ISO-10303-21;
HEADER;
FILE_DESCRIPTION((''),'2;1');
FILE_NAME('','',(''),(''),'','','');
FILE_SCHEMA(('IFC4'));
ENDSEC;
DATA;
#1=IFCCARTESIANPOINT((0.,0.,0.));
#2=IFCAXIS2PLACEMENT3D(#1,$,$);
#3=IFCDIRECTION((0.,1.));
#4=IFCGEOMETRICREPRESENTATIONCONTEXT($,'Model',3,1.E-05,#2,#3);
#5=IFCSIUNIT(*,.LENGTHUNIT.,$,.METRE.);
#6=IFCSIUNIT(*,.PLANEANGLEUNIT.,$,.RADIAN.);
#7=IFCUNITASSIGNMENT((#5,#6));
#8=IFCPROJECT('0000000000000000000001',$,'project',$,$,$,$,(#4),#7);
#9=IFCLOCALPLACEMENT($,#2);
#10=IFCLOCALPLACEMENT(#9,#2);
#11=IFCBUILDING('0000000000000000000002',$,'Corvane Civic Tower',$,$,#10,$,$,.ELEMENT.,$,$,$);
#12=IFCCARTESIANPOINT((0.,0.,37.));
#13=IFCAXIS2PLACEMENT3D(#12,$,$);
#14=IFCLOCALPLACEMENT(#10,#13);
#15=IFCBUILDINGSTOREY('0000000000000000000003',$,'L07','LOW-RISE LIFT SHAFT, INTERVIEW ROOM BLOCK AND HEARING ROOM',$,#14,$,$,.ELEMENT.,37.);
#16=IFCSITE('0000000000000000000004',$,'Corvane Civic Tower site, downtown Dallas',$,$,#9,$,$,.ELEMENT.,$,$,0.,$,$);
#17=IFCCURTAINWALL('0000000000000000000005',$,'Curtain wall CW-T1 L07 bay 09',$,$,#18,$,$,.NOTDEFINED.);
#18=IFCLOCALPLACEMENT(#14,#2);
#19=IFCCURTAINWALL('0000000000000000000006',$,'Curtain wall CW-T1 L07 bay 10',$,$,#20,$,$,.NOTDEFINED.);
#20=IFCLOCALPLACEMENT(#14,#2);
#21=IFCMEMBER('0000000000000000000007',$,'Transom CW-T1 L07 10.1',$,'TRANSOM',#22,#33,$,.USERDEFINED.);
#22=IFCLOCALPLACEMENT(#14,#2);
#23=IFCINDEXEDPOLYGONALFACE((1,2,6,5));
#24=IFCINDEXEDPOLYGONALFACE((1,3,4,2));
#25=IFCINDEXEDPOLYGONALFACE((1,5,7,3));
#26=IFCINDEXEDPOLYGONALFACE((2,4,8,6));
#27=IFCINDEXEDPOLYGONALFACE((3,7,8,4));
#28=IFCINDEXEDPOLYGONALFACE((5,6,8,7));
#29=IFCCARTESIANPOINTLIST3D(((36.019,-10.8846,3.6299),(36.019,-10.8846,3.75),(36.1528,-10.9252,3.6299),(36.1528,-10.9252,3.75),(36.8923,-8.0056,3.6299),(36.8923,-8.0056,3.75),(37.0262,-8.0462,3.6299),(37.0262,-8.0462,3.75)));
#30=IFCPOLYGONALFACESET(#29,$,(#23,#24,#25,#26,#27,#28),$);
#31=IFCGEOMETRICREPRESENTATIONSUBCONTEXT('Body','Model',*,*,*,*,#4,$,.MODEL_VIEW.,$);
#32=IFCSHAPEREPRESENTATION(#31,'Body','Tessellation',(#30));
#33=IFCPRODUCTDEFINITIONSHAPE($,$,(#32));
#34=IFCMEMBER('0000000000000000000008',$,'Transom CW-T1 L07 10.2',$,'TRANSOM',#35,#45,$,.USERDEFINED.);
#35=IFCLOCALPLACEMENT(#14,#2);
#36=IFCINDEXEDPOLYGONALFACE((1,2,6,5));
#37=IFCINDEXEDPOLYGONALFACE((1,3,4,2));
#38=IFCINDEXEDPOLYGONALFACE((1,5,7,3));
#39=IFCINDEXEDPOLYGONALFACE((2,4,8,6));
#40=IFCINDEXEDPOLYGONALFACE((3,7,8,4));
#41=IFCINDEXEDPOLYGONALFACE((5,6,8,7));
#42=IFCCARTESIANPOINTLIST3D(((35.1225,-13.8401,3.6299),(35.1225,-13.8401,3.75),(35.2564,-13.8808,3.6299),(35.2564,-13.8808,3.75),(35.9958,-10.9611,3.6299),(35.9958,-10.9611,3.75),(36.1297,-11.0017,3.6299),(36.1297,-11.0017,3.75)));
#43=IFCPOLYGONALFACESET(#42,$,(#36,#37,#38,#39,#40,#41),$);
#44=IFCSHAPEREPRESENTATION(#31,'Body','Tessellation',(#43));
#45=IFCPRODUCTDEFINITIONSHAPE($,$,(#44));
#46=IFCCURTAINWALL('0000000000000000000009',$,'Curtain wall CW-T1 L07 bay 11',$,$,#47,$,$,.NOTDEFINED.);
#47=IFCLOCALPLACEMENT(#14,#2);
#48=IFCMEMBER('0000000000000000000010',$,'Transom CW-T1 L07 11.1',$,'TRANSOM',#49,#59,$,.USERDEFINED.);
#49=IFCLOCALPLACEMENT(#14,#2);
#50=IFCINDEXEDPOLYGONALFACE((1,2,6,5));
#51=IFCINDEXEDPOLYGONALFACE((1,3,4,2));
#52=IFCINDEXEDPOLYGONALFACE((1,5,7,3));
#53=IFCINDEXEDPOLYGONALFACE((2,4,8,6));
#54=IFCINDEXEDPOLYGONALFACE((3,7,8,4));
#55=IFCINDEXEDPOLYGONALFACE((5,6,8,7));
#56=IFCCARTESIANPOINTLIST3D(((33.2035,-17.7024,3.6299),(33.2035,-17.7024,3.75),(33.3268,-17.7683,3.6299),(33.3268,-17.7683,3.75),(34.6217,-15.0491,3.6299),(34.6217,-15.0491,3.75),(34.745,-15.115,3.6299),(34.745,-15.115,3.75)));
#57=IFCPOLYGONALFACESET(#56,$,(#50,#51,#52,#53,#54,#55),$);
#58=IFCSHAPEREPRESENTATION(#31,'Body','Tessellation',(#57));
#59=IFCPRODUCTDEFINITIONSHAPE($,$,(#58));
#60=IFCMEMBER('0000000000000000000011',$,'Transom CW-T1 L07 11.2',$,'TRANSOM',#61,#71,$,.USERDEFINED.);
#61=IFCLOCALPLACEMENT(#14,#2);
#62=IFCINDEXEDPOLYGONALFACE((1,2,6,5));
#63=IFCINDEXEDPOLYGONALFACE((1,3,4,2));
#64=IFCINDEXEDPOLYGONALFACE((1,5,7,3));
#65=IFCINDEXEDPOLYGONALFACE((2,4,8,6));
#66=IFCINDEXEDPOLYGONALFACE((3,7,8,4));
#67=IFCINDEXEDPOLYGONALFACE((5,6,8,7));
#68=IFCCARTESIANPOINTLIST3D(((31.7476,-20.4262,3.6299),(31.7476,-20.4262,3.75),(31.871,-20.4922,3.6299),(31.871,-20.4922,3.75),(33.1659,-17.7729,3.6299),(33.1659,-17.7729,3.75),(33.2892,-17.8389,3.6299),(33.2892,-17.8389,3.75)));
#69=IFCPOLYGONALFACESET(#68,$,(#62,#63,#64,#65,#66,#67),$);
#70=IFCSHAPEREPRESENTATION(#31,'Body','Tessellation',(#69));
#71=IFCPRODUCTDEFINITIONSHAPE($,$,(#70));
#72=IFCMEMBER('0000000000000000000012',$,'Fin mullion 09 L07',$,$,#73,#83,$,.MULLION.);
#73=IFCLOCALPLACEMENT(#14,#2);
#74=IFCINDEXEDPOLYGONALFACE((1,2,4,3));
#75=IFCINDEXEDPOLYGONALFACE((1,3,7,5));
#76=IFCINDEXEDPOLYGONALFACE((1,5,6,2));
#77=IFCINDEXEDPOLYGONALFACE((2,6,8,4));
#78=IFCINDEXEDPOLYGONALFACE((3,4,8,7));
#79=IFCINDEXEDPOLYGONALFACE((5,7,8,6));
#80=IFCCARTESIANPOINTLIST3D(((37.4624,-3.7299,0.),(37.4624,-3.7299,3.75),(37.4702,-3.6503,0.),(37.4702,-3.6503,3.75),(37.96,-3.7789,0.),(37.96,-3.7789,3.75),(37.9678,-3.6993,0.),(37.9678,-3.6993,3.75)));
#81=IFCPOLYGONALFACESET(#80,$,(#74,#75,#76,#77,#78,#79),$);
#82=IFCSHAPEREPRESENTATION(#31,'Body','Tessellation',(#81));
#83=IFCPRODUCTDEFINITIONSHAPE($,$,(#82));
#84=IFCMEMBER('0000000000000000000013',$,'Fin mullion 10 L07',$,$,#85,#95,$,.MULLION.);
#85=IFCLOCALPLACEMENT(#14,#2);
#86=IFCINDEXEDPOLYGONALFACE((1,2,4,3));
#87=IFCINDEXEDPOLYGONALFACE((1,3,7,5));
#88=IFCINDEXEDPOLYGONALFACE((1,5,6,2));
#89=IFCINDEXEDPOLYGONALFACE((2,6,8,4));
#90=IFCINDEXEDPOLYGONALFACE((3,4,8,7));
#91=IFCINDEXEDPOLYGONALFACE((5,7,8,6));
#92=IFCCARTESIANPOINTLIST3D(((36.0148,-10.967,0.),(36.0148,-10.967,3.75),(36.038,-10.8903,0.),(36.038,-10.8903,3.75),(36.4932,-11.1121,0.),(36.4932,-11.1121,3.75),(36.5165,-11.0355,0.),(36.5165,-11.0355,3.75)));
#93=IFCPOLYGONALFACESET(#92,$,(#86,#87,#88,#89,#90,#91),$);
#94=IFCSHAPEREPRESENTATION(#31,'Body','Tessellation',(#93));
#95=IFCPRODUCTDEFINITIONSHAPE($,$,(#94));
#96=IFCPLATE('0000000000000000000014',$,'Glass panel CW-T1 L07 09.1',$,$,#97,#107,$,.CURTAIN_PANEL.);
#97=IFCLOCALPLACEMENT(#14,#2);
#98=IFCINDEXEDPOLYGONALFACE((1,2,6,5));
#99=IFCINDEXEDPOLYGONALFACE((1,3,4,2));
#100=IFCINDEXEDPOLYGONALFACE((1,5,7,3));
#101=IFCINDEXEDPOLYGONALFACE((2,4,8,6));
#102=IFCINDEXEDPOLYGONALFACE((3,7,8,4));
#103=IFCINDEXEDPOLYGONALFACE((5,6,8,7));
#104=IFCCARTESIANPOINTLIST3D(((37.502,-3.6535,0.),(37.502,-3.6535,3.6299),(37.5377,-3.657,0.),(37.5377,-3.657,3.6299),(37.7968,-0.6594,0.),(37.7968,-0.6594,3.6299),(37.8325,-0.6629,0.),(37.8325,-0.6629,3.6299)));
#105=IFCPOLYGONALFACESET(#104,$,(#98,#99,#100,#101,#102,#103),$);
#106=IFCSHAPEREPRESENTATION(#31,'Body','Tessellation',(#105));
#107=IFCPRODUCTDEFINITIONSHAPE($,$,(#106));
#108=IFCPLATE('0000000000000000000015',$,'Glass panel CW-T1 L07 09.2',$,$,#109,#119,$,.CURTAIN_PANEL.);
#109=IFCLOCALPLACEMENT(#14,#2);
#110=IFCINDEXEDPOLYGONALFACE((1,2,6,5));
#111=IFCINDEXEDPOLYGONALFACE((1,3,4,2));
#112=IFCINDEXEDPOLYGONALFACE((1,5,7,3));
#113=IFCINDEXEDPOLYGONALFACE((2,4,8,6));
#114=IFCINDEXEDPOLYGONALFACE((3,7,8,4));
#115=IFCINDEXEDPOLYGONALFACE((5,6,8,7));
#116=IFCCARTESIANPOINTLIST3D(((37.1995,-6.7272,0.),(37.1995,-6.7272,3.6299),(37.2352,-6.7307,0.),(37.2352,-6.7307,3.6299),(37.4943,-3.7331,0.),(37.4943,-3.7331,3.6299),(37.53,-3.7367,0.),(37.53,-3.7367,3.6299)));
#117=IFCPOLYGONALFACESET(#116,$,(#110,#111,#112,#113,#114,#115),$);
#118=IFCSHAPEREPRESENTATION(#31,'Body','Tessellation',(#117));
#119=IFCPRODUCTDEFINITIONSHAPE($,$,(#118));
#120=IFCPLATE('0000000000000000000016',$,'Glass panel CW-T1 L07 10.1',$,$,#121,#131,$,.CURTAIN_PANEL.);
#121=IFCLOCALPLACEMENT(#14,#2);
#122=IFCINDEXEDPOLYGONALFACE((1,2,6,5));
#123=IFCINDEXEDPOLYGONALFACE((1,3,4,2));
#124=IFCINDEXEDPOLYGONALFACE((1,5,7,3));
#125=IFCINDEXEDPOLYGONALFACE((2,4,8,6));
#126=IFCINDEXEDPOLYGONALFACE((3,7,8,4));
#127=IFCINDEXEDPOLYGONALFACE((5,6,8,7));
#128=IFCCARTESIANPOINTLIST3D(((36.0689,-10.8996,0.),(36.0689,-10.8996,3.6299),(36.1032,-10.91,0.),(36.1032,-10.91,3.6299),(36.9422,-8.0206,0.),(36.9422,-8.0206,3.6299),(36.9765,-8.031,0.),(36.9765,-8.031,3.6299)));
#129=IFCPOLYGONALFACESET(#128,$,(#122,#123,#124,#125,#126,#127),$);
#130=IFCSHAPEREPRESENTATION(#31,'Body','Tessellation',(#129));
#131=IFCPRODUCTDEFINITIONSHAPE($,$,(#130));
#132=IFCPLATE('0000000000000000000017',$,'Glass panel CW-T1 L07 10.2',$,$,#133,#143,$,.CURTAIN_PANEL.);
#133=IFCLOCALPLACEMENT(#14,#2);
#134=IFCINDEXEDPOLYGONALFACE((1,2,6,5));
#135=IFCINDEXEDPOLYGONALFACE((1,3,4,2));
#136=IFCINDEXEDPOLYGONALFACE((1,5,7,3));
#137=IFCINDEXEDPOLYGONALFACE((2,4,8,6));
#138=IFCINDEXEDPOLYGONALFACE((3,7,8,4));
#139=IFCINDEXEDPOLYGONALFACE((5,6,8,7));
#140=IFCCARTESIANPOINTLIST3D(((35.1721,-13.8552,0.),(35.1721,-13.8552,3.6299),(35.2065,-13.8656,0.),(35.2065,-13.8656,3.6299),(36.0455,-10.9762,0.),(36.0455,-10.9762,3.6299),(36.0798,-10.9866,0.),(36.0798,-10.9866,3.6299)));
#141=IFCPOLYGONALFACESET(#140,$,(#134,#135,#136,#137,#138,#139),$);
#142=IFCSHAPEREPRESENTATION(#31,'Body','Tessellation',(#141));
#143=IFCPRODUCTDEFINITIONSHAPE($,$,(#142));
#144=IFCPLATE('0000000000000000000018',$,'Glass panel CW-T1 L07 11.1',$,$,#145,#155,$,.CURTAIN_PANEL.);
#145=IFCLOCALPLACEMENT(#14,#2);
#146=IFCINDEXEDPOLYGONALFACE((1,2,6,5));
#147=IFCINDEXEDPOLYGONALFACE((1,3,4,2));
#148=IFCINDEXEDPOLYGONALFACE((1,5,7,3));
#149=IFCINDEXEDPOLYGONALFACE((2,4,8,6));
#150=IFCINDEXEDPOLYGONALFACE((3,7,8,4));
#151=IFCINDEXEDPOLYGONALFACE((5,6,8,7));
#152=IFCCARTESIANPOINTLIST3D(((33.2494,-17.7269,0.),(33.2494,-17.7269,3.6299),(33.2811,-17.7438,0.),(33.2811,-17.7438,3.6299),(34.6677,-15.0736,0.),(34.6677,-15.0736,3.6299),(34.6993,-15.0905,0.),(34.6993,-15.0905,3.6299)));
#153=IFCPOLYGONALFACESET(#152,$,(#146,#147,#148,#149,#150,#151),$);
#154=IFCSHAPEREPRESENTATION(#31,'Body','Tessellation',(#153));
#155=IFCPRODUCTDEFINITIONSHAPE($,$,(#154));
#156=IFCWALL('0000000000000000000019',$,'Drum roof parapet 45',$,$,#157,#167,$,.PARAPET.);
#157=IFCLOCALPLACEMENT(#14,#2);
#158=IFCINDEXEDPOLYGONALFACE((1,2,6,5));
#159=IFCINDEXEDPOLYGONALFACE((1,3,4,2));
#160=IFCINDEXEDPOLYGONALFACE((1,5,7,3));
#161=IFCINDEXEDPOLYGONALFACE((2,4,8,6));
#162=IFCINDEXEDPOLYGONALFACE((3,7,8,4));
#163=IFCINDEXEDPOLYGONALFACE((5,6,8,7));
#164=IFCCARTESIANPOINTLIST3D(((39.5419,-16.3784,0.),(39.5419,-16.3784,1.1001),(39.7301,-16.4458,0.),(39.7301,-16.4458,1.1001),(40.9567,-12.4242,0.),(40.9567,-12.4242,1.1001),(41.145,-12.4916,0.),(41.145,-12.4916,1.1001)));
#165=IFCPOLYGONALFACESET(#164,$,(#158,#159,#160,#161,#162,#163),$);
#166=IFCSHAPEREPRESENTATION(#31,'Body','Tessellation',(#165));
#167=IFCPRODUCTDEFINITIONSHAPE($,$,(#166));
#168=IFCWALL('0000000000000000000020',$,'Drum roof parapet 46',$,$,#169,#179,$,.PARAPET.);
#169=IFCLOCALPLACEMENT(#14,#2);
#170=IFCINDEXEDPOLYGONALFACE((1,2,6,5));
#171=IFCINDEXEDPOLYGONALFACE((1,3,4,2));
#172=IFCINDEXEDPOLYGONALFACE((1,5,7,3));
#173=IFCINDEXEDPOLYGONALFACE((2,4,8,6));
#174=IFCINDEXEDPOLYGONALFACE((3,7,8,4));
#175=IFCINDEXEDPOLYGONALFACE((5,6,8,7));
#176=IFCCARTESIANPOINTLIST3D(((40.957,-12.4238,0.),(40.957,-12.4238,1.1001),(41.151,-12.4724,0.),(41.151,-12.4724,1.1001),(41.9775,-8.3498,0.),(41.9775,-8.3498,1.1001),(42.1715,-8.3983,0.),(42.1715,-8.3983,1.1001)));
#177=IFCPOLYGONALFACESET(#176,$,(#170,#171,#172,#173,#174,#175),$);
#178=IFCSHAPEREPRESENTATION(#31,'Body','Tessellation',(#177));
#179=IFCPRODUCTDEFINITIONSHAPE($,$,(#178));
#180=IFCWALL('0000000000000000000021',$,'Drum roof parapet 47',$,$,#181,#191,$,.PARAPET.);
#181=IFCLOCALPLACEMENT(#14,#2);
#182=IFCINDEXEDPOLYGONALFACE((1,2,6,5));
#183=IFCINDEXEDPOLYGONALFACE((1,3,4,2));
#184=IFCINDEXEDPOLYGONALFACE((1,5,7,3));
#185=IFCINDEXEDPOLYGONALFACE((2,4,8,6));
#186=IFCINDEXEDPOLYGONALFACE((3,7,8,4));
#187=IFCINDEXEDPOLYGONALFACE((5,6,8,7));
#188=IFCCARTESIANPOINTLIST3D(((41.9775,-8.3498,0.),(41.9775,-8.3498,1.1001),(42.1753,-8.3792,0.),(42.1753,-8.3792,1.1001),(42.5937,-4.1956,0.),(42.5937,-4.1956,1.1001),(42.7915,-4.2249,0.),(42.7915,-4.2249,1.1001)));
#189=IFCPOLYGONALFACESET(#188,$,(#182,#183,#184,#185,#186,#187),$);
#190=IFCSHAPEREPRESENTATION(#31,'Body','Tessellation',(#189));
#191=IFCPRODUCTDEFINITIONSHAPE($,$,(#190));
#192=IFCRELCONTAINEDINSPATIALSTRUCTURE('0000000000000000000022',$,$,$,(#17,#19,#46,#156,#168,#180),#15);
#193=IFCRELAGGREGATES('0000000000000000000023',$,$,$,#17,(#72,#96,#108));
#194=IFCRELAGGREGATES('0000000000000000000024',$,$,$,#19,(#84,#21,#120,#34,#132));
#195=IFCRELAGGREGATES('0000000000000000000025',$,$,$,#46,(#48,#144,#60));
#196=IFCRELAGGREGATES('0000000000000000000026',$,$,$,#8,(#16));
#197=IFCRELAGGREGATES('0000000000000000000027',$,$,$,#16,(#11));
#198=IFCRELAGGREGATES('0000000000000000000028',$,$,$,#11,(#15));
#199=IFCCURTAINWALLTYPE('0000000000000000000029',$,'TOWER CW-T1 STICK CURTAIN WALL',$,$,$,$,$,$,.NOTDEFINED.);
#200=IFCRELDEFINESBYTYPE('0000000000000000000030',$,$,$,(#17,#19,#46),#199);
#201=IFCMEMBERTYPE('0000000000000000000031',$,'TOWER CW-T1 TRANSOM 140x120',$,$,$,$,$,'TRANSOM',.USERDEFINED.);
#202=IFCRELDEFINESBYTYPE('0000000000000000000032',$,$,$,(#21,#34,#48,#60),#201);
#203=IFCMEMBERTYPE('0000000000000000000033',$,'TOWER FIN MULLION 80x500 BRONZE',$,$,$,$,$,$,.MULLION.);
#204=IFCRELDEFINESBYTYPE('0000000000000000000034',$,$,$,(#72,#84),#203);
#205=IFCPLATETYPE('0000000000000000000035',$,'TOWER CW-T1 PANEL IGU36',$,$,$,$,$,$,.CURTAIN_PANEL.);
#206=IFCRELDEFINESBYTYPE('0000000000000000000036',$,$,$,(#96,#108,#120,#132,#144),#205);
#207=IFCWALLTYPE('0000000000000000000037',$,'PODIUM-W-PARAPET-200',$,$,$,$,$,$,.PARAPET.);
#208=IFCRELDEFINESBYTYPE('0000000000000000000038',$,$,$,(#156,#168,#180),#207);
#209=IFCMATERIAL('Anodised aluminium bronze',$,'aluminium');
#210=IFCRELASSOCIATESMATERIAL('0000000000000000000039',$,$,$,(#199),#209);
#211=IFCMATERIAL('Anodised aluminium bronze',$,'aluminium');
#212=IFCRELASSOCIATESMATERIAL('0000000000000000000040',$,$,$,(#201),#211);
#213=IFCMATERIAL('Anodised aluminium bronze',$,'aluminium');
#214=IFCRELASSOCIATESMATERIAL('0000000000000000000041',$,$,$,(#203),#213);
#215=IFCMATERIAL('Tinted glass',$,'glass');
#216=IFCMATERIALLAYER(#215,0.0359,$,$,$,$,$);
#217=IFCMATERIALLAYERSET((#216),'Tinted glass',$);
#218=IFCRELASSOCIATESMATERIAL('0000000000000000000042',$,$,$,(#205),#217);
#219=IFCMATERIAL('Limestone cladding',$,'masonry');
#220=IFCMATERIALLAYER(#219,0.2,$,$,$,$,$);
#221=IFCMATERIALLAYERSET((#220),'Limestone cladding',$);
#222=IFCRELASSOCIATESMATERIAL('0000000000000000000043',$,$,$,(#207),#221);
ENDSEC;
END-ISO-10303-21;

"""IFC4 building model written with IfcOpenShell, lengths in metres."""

from ifc_helpers import new_model, si_unit, direction, frame, frame_2d, origin, origin_2d, place, context, subcontext, project, spatial, rectangle, extrude, material, layer, layer_set, material_profile, profile_set, type_object, element, aggregate, save


model = new_model("IFC4")

# Units and contexts
model_context = context("Model", 3, precision=1e-05, world=origin(), true_north=direction((0.0, 1.0)))
body_context = subcontext(model_context, "Body", "Model", "MODEL_VIEW")
ifc_project = project(units=[si_unit("LENGTHUNIT", "METRE"), si_unit("PLANEANGLEUNIT", "RADIAN")], contexts=[model_context])

# Site, building, storey
site_placement = place(None, origin())
site = spatial("IfcSite", under=ifc_project, at=site_placement, Name="Corvane Civic Tower site, downtown Dallas", CompositionType="ELEMENT", RefElevation=0.0)
building_placement = place(site_placement, origin())
building = spatial("IfcBuilding", under=site, at=building_placement, Name="Corvane Civic Tower", CompositionType="ELEMENT")
storey_placement = place(building_placement, frame((0.0, 0.0, 37.0)))
storey = spatial("IfcBuildingStorey", under=building, at=storey_placement, Name="L07", Description="LOW-RISE LIFT SHAFT, INTERVIEW ROOM BLOCK AND HEARING ROOM", CompositionType="ELEMENT", Elevation=37.0)

# Curtain walls, members
ifc_material_1 = material(Name="Anodised aluminium bronze", Category="aluminium")
curtain_wall_type = type_object("IfcCurtainWallType", Name="TOWER CW-T1 STICK CURTAIN WALL", PredefinedType="NOTDEFINED", material=ifc_material_1)
curtain_wall_1_placement = place(storey_placement, origin())
curtain_wall_1 = element("IfcCurtainWall", 1, at=curtain_wall_1_placement, inside=storey, type_object=curtain_wall_type, Name="Curtain wall CW-T1 L07 bay 09", PredefinedType="NOTDEFINED")
ifc_material_2 = material(Name="Anodised aluminium bronze", Category="aluminium")
ifc_material_profile_1 = material_profile(ifc_material_2, rectangle(XDim=0.1399, YDim=0.1201, at=origin_2d()), Name="TOWER CW-T1 TRANSOM 140x120")
ifc_profile_set_1 = profile_set([ifc_material_profile_1], Name="Anodised aluminium bronze")
member_type_1 = type_object("IfcMemberType", Name="TOWER CW-T1 TRANSOM 140x120", ElementType="TRANSOM", PredefinedType="USERDEFINED", material=ifc_profile_set_1)
curtain_wall_2_placement = place(storey_placement, origin())
curtain_wall_2 = element("IfcCurtainWall", 2, at=curtain_wall_2_placement, inside=storey, type_object=curtain_wall_type, Name="Curtain wall CW-T1 L07 bay 10", PredefinedType="NOTDEFINED")
member_1_placement = place(storey_placement, frame((36.9592, -8.0259, 3.6899), z_axis=(-0.29028, -0.956942, 0.0), x_axis=(0.956942, -0.29028, 0.0)))
member_1 = element("IfcMember", 3, at=member_1_placement, type_object=member_type_1, Name="Transom CW-T1 L07 10.1", ObjectType="TRANSOM", PredefinedType="USERDEFINED", context=body_context, shape_type="SweptSolid", body=[
    extrude(rectangle(XDim=0.1399, YDim=0.1201, at=origin_2d()), origin(), (0.0, 0.0, 1.0), 3.0085),
])
member_2_placement = place(storey_placement, frame((36.0627, -10.9814, 3.6899), z_axis=(-0.29028, -0.956942, 0.0), x_axis=(0.956942, -0.29028, 0.0)))
member_2 = element("IfcMember", 4, at=member_2_placement, type_object=member_type_1, Name="Transom CW-T1 L07 10.2", ObjectType="TRANSOM", PredefinedType="USERDEFINED", context=body_context, shape_type="SweptSolid", body=[
    extrude(rectangle(XDim=0.1399, YDim=0.1201, at=origin_2d()), origin(), (0.0, 0.0, 1.0), 3.0085),
])
curtain_wall_3_placement = place(storey_placement, origin())
curtain_wall_3 = element("IfcCurtainWall", 5, at=curtain_wall_3_placement, inside=storey, type_object=curtain_wall_type, Name="Curtain wall CW-T1 L07 bay 11", PredefinedType="NOTDEFINED")
member_3_placement = place(storey_placement, frame((34.6833, -15.082, 3.6899), z_axis=(-0.471393, -0.881924, 0.0), x_axis=(0.881924, -0.471393, 0.0)))
member_3 = element("IfcMember", 6, at=member_3_placement, type_object=member_type_1, Name="Transom CW-T1 L07 11.1", ObjectType="TRANSOM", PredefinedType="USERDEFINED", context=body_context, shape_type="SweptSolid", body=[
    extrude(rectangle(XDim=0.1399, YDim=0.1201, at=origin_2d()), origin(), (0.0, 0.0, 1.0), 3.0085),
])
member_4_placement = place(storey_placement, frame((33.2275, -17.8059, 3.6899), z_axis=(-0.471393, -0.881924, 0.0), x_axis=(0.881924, -0.471393, 0.0)))
member_4 = element("IfcMember", 7, at=member_4_placement, type_object=member_type_1, Name="Transom CW-T1 L07 11.2", ObjectType="TRANSOM", PredefinedType="USERDEFINED", context=body_context, shape_type="SweptSolid", body=[
    extrude(rectangle(XDim=0.1399, YDim=0.1201, at=origin_2d()), origin(), (0.0, 0.0, 1.0), 3.0085),
])

# Members
ifc_material_3 = material(Name="Anodised aluminium bronze", Category="aluminium")
ifc_material_profile_2 = material_profile(ifc_material_3, rectangle(XDim=0.0801, YDim=0.5, at=origin_2d()), Name="TOWER FIN MULLION 80x500 BRONZE")
ifc_profile_set_2 = profile_set([ifc_material_profile_2], Name="Anodised aluminium bronze")
member_type_2 = type_object("IfcMemberType", Name="TOWER FIN MULLION 80x500 BRONZE", PredefinedType="MULLION", material=ifc_profile_set_2)
member_5_placement = place(storey_placement, frame((37.7151, -3.7146, 0.0), z_axis=(0.0, 0.0, 1.0), x_axis=(-0.098006, -0.995186, 0.0)))
member_5 = element("IfcMember", 8, at=member_5_placement, type_object=member_type_2, Name="Fin mullion 09 L07", PredefinedType="MULLION", context=body_context, shape_type="SweptSolid", body=[
    extrude(rectangle(XDim=0.0801, YDim=0.5, at=origin_2d()), origin(), (0.0, 0.0, 1.0), 3.75),
])
member_6_placement = place(storey_placement, frame((36.2656, -11.0012, 0.0), z_axis=(0.0, 0.0, 1.0), x_axis=(-0.290278, -0.956942, 0.0)))
member_6 = element("IfcMember", 9, at=member_6_placement, type_object=member_type_2, Name="Fin mullion 10 L07", PredefinedType="MULLION", context=body_context, shape_type="SweptSolid", body=[
    extrude(rectangle(XDim=0.0801, YDim=0.5, at=origin_2d()), origin(), (0.0, 0.0, 1.0), 3.75),
])

# Plates
ifc_material_4 = material(Name="Tinted glass", Category="glass")
ifc_layer_1 = layer(ifc_material_4, 0.0359)
ifc_layer_set_1 = layer_set([ifc_layer_1], Name="Tinted glass")
plate_type = type_object("IfcPlateType", Name="TOWER CW-T1 PANEL IGU36", PredefinedType="CURTAIN_PANEL", material=ifc_layer_set_1)
plate_1_placement = place(storey_placement, frame((37.6672, -2.1582, 0.0), z_axis=(0.0, 0.0, 1.0), x_axis=(-0.098006, -0.995186, 0.0)))
plate_1 = element("IfcPlate", 10, at=plate_1_placement, type_object=plate_type, Name="Glass panel CW-T1 L07 09.1", PredefinedType="CURTAIN_PANEL", context=body_context, shape_type="SweptSolid", body=[
    extrude(rectangle(XDim=3.0085, YDim=0.0359, at=origin_2d()), origin(), (0.0, 0.0, 1.0), 3.6299),
])
plate_2_placement = place(storey_placement, frame((37.3647, -5.2319, 0.0), z_axis=(0.0, 0.0, 1.0), x_axis=(-0.098006, -0.995186, 0.0)))
plate_2 = element("IfcPlate", 11, at=plate_2_placement, type_object=plate_type, Name="Glass panel CW-T1 L07 09.2", PredefinedType="CURTAIN_PANEL", context=body_context, shape_type="SweptSolid", body=[
    extrude(rectangle(XDim=3.0085, YDim=0.0359, at=origin_2d()), origin(), (0.0, 0.0, 1.0), 3.6299),
])
aggregate(curtain_wall_1, [member_5, plate_1, plate_2])
plate_3_placement = place(storey_placement, frame((36.5227, -9.4653, 0.0), z_axis=(0.0, 0.0, 1.0), x_axis=(-0.290278, -0.956942, 0.0)))
plate_3 = element("IfcPlate", 12, at=plate_3_placement, type_object=plate_type, Name="Glass panel CW-T1 L07 10.1", PredefinedType="CURTAIN_PANEL", context=body_context, shape_type="SweptSolid", body=[
    extrude(rectangle(XDim=3.0085, YDim=0.0359, at=origin_2d()), origin(), (0.0, 0.0, 1.0), 3.6299),
])
plate_4_placement = place(storey_placement, frame((35.626, -12.4209, 0.0), z_axis=(0.0, 0.0, 1.0), x_axis=(-0.290278, -0.956942, 0.0)))
plate_4 = element("IfcPlate", 13, at=plate_4_placement, type_object=plate_type, Name="Glass panel CW-T1 L07 10.2", PredefinedType="CURTAIN_PANEL", context=body_context, shape_type="SweptSolid", body=[
    extrude(rectangle(XDim=3.0085, YDim=0.0359, at=origin_2d()), origin(), (0.0, 0.0, 1.0), 3.6299),
])
aggregate(curtain_wall_2, [member_6, member_1, plate_3, member_2, plate_4])
plate_5_placement = place(storey_placement, frame((33.9744, -16.4087, 0.0), z_axis=(0.0, 0.0, 1.0), x_axis=(-0.471404, -0.881918, 0.0)))
plate_5 = element("IfcPlate", 14, at=plate_5_placement, type_object=plate_type, Name="Glass panel CW-T1 L07 11.1", PredefinedType="CURTAIN_PANEL", context=body_context, shape_type="SweptSolid", body=[
    extrude(rectangle(XDim=3.0085, YDim=0.0359, at=origin_2d()), origin(), (0.0, 0.0, 1.0), 3.6299),
])
aggregate(curtain_wall_3, [member_3, plate_5, member_4])

# Walls
ifc_material_5 = material(Name="Limestone cladding", Category="masonry")
ifc_layer_2 = layer(ifc_material_5, 0.2)
ifc_layer_set_2 = layer_set([ifc_layer_2], Name="Limestone cladding")
wall_type_1 = type_object("IfcWallType", Name="PODIUM-W-PARAPET-200", PredefinedType="PARAPET", material=ifc_layer_set_2)
wall_1_placement = place(storey_placement, frame((39.636, -16.4121, 0.0), z_axis=(0.0, 0.0, 1.0), x_axis=(0.336889, 0.941544, 0.0)))
element("IfcWall", 15, at=wall_1_placement, inside=storey, type_object=wall_type_1, Name="Drum roof parapet 45", PredefinedType="PARAPET", context=body_context, shape_type="SweptSolid", body=[
    extrude(rectangle(XDim=4.1997, YDim=0.2, at=frame_2d((2.0999, 0.0))), origin(), (0.0, 0.0, 1.0), 1.1001),
])
wall_2_placement = place(storey_placement, frame((41.054, -12.4482, 0.0), z_axis=(0.0, 0.0, 1.0), x_axis=(0.242987, 0.97003, 0.0)))
element("IfcWall", 16, at=wall_2_placement, inside=storey, type_object=wall_type_1, Name="Drum roof parapet 46", PredefinedType="PARAPET", context=body_context, shape_type="SweptSolid", body=[
    extrude(rectangle(XDim=4.2, YDim=0.2, at=frame_2d((2.1001, 0.0))), origin(), (0.0, 0.0, 1.0), 1.1001),
])
wall_3_placement = place(storey_placement, frame((42.0764, -8.3645, 0.0), z_axis=(0.0, 0.0, 1.0), x_axis=(0.146726, 0.989177, 0.0)))
element("IfcWall", 17, at=wall_3_placement, inside=storey, type_object=wall_type_1, Name="Drum roof parapet 47", PredefinedType="PARAPET", context=body_context, shape_type="SweptSolid", body=[
    extrude(rectangle(XDim=4.1997, YDim=0.2, at=frame_2d((2.0999, 0.0))), origin(), (0.0, 0.0, 1.0), 1.1001),
])

save(model, "model.ifc")
